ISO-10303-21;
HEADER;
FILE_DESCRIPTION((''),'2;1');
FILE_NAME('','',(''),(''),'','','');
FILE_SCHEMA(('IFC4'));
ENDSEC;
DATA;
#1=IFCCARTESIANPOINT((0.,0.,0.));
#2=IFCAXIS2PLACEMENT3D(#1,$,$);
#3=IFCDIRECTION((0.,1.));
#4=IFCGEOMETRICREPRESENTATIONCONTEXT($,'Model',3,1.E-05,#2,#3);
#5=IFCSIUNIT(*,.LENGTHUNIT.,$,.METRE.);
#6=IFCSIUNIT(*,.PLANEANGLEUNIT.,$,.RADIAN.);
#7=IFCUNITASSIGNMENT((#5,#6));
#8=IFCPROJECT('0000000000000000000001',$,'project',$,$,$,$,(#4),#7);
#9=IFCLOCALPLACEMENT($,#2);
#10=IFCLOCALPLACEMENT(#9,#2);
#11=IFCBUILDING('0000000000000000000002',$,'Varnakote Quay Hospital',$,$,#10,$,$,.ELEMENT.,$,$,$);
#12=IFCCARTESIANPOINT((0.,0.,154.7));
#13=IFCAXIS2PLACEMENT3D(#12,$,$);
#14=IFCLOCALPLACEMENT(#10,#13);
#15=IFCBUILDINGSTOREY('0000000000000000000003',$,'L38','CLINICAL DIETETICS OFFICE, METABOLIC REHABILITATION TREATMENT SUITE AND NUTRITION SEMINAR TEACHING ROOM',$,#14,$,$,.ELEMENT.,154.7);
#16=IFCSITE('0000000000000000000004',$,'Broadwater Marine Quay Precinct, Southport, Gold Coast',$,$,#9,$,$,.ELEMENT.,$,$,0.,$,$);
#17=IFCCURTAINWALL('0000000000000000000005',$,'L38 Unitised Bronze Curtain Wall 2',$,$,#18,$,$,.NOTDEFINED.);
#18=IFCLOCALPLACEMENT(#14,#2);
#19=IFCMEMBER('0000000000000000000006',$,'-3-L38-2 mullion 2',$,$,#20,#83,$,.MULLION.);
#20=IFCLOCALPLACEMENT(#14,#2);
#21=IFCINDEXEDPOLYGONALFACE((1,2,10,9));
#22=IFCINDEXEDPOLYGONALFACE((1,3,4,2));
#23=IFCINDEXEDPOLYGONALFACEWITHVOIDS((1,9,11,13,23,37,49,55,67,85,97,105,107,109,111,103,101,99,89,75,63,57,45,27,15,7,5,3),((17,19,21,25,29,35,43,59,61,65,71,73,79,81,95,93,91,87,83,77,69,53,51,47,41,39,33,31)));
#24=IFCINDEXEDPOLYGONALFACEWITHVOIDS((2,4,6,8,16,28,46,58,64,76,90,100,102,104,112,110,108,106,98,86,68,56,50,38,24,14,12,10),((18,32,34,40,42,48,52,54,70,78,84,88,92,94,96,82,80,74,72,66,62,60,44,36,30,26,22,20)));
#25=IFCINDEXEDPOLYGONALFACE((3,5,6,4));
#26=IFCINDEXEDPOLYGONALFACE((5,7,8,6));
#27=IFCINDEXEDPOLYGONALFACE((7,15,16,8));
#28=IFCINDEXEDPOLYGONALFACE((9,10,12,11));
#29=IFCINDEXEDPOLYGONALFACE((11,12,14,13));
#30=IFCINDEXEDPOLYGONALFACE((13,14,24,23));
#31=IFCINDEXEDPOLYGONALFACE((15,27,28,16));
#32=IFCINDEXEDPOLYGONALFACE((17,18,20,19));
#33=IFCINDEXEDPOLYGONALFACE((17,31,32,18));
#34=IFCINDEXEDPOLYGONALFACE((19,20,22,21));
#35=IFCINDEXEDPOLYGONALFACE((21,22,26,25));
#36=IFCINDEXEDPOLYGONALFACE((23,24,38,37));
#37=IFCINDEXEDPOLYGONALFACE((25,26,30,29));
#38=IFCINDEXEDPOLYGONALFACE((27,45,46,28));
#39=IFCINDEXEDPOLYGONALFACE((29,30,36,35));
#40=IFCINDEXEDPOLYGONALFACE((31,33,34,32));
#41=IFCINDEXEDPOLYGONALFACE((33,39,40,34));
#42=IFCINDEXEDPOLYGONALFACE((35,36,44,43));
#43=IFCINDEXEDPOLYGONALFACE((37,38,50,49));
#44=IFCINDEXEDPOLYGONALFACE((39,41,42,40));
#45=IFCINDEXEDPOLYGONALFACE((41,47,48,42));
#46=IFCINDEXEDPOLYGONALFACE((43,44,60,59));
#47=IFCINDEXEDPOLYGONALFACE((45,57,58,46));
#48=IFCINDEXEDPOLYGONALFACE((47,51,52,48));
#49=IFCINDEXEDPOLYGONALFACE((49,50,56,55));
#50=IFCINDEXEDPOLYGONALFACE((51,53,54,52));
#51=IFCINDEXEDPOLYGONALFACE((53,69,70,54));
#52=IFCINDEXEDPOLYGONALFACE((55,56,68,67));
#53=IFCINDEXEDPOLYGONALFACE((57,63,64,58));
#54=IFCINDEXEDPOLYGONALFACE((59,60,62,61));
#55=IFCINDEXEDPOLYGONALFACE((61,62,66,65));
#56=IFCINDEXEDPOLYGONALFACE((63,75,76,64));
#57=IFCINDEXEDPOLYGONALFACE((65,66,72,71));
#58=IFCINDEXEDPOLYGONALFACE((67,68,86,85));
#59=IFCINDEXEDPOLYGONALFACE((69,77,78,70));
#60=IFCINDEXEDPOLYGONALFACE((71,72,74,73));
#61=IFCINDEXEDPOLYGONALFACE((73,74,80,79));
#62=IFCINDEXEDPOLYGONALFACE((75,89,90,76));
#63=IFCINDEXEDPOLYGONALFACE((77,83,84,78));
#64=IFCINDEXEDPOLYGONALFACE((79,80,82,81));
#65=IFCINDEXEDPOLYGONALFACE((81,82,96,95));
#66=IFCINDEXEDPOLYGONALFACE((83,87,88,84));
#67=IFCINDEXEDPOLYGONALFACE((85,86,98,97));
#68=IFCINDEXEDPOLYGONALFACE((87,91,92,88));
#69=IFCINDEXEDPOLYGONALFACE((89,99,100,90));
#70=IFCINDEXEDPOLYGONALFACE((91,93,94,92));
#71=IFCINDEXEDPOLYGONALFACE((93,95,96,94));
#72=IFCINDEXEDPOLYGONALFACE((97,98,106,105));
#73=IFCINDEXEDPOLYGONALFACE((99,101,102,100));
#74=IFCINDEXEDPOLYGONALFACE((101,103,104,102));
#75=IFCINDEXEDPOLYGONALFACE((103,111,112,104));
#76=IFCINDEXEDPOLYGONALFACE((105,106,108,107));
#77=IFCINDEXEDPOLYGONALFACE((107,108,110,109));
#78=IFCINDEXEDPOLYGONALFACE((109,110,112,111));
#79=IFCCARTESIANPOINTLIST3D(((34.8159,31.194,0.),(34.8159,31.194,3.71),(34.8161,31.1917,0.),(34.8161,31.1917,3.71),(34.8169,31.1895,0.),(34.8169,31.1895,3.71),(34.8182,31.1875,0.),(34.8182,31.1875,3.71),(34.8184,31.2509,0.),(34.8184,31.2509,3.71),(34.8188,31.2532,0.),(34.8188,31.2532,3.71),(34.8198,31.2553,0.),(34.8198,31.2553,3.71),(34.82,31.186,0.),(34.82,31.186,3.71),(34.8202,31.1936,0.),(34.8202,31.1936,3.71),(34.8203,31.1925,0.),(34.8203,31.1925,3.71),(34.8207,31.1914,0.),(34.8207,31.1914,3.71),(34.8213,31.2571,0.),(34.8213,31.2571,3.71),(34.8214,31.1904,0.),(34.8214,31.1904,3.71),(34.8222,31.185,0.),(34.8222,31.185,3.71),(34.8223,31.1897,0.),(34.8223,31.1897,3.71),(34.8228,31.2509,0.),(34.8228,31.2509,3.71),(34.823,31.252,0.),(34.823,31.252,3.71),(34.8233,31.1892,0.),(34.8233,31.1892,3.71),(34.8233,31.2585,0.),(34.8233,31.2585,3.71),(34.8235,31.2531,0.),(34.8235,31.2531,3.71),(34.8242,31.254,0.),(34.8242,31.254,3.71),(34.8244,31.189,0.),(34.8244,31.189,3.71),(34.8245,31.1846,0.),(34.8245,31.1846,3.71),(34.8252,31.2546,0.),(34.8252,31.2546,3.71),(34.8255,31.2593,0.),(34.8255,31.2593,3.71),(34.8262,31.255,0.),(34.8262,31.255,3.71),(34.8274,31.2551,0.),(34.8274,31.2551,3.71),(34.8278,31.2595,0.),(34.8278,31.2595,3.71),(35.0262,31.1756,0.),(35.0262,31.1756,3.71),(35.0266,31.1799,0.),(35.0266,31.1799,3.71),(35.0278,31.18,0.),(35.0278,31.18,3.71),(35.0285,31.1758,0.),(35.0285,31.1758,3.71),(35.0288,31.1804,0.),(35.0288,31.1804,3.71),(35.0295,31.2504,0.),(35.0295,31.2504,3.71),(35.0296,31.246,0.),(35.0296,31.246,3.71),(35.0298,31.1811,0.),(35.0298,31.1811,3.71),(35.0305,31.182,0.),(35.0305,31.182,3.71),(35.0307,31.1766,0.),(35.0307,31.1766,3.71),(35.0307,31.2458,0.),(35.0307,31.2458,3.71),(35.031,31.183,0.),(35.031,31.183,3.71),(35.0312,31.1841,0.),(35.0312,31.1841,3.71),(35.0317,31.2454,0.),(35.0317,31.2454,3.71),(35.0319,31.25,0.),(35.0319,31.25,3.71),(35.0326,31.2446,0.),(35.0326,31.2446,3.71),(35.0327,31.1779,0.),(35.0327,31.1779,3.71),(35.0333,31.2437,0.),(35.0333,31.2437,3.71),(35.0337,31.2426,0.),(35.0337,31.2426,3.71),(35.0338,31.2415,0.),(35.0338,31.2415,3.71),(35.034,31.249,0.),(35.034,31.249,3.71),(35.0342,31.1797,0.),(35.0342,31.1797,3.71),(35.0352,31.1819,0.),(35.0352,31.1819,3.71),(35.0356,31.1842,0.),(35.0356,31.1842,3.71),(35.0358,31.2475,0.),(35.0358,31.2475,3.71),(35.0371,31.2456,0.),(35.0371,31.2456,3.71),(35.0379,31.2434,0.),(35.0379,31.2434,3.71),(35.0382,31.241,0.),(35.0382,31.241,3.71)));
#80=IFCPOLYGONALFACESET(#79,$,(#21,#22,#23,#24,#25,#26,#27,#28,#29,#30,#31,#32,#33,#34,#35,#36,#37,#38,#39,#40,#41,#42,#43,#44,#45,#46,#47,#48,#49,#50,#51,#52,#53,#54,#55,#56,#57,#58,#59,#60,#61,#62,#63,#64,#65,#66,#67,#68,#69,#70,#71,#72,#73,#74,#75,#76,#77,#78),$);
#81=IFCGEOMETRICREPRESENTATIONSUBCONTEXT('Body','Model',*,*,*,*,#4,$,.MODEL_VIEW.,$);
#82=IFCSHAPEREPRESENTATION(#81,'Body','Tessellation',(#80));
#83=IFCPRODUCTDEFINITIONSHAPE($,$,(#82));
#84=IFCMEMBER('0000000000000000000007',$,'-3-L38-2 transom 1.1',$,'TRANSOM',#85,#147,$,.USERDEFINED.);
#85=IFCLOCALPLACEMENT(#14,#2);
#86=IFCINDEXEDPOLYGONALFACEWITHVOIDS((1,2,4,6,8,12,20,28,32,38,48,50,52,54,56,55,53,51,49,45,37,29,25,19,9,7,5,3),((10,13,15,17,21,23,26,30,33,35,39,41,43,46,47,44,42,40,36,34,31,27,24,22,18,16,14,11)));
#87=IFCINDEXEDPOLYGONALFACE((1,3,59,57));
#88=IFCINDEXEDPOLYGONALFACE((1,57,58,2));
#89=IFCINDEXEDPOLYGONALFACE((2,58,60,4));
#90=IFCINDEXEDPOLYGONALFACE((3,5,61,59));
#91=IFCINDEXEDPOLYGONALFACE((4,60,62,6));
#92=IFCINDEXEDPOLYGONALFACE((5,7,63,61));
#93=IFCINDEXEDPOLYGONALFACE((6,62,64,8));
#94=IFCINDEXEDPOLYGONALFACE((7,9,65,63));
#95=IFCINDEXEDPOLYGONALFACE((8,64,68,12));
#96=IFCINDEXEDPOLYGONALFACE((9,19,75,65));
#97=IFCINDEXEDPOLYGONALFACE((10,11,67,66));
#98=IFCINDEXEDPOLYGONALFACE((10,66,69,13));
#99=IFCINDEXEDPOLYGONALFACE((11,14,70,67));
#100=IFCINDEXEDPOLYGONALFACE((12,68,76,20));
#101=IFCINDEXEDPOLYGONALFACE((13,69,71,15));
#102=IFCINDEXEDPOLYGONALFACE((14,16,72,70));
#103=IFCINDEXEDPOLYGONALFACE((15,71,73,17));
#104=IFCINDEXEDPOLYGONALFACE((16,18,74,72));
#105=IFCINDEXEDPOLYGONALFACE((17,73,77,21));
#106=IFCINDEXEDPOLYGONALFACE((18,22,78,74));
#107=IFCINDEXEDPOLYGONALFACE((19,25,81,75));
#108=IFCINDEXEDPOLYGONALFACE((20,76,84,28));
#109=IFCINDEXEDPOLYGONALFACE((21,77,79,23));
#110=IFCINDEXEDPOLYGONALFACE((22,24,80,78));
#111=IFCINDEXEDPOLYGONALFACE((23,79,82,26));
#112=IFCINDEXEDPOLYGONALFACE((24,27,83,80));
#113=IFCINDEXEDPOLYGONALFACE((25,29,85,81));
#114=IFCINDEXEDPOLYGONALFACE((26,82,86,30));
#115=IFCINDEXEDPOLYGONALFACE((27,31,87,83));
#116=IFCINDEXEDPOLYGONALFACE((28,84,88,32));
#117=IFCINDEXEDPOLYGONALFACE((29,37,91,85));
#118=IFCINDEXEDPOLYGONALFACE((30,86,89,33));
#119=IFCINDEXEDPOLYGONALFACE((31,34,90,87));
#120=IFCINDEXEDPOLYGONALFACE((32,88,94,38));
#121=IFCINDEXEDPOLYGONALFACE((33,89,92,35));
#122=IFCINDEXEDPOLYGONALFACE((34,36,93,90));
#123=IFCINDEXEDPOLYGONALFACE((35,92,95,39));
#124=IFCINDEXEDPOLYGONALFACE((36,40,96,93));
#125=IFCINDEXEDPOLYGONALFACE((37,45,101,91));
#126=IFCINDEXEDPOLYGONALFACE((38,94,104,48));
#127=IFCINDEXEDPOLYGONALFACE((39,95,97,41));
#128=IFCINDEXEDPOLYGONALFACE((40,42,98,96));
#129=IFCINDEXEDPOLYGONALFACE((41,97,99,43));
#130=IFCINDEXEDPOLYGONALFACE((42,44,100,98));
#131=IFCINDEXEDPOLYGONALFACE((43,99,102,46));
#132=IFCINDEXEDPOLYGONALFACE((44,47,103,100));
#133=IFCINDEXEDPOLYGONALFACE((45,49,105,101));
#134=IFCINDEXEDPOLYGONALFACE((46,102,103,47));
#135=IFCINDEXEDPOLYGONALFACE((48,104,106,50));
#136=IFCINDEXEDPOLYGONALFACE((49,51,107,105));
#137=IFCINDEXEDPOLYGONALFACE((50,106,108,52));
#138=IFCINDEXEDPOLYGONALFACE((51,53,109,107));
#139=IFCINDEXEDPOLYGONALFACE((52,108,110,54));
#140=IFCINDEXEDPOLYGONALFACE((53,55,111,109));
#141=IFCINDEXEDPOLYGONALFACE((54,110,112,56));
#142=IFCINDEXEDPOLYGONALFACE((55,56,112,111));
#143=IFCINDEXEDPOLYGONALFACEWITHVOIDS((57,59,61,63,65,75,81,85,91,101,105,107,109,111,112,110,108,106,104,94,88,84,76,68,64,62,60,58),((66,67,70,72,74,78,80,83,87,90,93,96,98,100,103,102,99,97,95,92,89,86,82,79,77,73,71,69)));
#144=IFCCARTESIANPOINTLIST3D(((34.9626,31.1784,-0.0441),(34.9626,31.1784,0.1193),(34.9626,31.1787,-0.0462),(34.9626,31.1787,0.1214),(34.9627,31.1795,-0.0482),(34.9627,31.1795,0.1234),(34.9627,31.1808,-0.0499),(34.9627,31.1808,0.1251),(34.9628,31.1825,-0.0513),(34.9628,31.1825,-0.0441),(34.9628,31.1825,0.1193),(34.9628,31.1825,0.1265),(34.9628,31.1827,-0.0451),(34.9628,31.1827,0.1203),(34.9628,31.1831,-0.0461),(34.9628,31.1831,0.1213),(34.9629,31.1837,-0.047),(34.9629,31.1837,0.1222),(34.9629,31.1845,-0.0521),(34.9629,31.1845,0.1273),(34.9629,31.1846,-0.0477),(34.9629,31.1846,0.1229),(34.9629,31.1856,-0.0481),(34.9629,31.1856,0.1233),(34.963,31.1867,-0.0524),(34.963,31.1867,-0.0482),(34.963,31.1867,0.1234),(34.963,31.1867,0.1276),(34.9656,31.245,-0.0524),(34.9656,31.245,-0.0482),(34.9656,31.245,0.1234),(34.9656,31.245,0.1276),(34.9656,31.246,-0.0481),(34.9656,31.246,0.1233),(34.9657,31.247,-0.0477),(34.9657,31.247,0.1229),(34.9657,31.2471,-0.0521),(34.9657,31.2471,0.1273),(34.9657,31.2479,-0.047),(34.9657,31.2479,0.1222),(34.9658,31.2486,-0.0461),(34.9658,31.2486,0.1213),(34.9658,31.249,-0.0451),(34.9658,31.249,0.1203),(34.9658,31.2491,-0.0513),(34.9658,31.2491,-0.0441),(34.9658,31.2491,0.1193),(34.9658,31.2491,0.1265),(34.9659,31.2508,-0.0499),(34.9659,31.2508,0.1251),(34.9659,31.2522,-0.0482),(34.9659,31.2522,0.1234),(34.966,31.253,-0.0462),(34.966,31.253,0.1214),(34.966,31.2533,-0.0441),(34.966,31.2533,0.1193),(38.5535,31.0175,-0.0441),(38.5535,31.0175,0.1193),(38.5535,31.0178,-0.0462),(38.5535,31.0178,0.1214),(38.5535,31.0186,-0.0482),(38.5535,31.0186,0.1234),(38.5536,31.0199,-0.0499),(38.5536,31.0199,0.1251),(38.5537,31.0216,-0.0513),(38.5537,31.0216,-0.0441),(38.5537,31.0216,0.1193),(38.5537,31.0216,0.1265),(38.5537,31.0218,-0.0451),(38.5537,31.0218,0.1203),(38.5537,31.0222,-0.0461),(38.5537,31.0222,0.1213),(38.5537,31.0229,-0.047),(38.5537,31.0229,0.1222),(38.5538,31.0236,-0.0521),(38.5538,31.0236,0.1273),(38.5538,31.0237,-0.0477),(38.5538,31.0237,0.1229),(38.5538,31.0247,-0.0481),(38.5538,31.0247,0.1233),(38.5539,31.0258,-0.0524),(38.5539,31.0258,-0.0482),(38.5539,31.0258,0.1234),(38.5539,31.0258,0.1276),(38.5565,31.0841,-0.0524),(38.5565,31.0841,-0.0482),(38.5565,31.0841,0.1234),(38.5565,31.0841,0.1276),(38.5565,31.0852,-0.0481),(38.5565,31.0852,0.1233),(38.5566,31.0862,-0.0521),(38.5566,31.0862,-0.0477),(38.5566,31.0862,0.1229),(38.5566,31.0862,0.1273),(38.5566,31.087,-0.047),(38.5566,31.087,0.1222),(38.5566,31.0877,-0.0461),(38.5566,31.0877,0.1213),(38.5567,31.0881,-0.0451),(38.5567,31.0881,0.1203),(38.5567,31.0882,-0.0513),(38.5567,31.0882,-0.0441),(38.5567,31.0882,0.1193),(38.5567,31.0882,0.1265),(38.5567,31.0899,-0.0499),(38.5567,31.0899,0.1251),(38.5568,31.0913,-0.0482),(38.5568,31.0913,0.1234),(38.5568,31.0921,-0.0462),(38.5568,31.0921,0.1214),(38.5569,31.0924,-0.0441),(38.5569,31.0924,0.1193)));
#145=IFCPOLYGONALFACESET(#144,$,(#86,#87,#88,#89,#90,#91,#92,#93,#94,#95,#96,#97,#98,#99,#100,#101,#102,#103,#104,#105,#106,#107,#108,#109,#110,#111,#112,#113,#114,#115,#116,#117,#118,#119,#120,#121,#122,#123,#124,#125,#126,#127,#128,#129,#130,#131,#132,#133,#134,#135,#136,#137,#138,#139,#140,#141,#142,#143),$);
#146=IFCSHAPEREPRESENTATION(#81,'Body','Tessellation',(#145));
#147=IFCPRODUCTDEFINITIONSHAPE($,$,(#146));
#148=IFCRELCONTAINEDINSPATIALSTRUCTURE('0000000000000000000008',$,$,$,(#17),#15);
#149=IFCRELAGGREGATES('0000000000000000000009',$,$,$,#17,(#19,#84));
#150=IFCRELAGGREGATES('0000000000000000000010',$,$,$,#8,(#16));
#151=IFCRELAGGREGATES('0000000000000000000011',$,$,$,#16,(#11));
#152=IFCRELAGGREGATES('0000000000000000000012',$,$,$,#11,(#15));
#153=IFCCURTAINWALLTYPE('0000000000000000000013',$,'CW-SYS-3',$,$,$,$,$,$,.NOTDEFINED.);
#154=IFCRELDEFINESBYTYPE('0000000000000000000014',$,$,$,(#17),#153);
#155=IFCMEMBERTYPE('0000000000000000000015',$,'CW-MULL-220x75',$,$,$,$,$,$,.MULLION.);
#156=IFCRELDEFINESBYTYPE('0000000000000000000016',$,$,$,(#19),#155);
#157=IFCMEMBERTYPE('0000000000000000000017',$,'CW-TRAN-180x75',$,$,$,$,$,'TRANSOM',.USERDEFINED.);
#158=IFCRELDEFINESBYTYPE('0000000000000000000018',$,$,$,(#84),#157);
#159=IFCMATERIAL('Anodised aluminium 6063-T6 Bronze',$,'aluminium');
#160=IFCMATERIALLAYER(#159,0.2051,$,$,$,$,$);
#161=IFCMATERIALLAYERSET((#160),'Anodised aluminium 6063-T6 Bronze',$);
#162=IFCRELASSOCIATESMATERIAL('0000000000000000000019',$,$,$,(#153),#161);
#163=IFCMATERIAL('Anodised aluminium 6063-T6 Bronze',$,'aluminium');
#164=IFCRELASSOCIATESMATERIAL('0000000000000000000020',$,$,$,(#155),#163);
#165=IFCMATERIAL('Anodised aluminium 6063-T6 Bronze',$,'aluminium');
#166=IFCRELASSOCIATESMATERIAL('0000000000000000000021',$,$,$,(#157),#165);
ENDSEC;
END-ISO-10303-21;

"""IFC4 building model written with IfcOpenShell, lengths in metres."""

from ifc_helpers import new_model, si_unit, direction, frame, origin, origin_2d, place, context, subcontext, project, spatial, hollow_rectangle, extrude, material, layer, layer_set, material_profile, profile_set, type_object, element, aggregate, save


model = new_model("IFC4")

# Units and contexts
model_context = context("Model", 3, precision=1e-05, world=origin(), true_north=direction((0.0, 1.0)))
body_context = subcontext(model_context, "Body", "Model", "MODEL_VIEW")
ifc_project = project(units=[si_unit("LENGTHUNIT", "METRE"), si_unit("PLANEANGLEUNIT", "RADIAN")], contexts=[model_context])

# Site, building, storey
site_placement = place(None, origin())
site = spatial("IfcSite", under=ifc_project, at=site_placement, Name="Broadwater Marine Quay Precinct, Southport, Gold Coast", CompositionType="ELEMENT", RefElevation=0.0)
building_placement = place(site_placement, origin())
building = spatial("IfcBuilding", under=site, at=building_placement, Name="Varnakote Quay Hospital", CompositionType="ELEMENT")
storey_placement = place(building_placement, frame((0.0, 0.0, 154.7)))
storey = spatial("IfcBuildingStorey", under=building, at=storey_placement, Name="L38", Description="CLINICAL DIETETICS OFFICE, METABOLIC REHABILITATION TREATMENT SUITE AND NUTRITION SEMINAR TEACHING ROOM", CompositionType="ELEMENT", Elevation=154.7)

# Shared definitions
ifc_material_1 = material(Name="Anodised aluminium 6063-T6 Bronze", Category="aluminium")
ifc_layer_1 = layer(ifc_material_1, 0.2051)
ifc_layer_set_1 = layer_set([ifc_layer_1], Name="Anodised aluminium 6063-T6 Bronze")
curtain_wall_type = type_object("IfcCurtainWallType", Name="CW-SYS-3", PredefinedType="NOTDEFINED", material=ifc_layer_set_1)
ifc_material_2 = material(Name="Anodised aluminium 6063-T6 Bronze", Category="aluminium")
ifc_material_profile_1 = material_profile(ifc_material_2, hollow_rectangle(XDim=0.075, YDim=0.22, WallThickness=0.0044, InnerFilletRadius=0.0044, OuterFilletRadius=0.009, at=origin_2d()), Name="CW-MULL-220x75")
ifc_profile_set_1 = profile_set([ifc_material_profile_1], Name="Anodised aluminium 6063-T6 Bronze")
member_type_1 = type_object("IfcMemberType", Name="CW-MULL-220x75", PredefinedType="MULLION", material=ifc_profile_set_1)

# Curtain wall, members
curtain_wall_1_placement = place(storey_placement, origin())
curtain_wall_1 = element("IfcCurtainWall", 1, at=curtain_wall_1_placement, inside=storey, type_object=curtain_wall_type, Name="L38 Unitised Bronze Curtain Wall 2", PredefinedType="NOTDEFINED")
member_1_placement = place(storey_placement, frame((34.927, 31.2175, 0.0), z_axis=(0.0, 0.0, 1.0), x_axis=(-0.044782, -0.998997, 0.0)))
member_1 = element("IfcMember", 2, at=member_1_placement, type_object=member_type_1, Name="-3-L38-2 mullion 2", PredefinedType="MULLION", context=body_context, shape_type="SweptSolid", body=[
    extrude(hollow_rectangle(XDim=0.075, YDim=0.22, WallThickness=0.0044, InnerFilletRadius=0.0044, OuterFilletRadius=0.009, at=origin_2d()), origin(), (0.0, 0.0, 1.0), 3.71),
])
ifc_material_3 = material(Name="Anodised aluminium 6063-T6 Bronze", Category="aluminium")
ifc_material_profile_2 = material_profile(ifc_material_3, hollow_rectangle(XDim=0.075, YDim=0.1799, WallThickness=0.0042, InnerFilletRadius=0.0042, OuterFilletRadius=0.0083, at=origin_2d()), Name="CW-TRAN-180x75")
ifc_profile_set_2 = profile_set([ifc_material_profile_2], Name="Anodised aluminium 6063-T6 Bronze")
member_type_2 = type_object("IfcMemberType", Name="CW-TRAN-180x75", ElementType="TRANSOM", PredefinedType="USERDEFINED", material=ifc_profile_set_2)
member_2_placement = place(storey_placement, frame((38.5552, 31.0549, 0.0376), z_axis=(-0.998998, 0.044761, 0.0), x_axis=(-0.044761, -0.998998, 0.0)))
member_2 = element("IfcMember", 3, at=member_2_placement, type_object=member_type_2, Name="-3-L38-2 transom 1.1", ObjectType="TRANSOM", PredefinedType="USERDEFINED", context=body_context, shape_type="SweptSolid", body=[
    extrude(hollow_rectangle(XDim=0.075, YDim=0.1799, WallThickness=0.0042, InnerFilletRadius=0.0042, OuterFilletRadius=0.0083, at=origin_2d()), origin(), (0.0, 0.0, 1.0), 3.5945),
])

aggregate(curtain_wall_1, [member_1, member_2])

save(model, "model.ifc")
